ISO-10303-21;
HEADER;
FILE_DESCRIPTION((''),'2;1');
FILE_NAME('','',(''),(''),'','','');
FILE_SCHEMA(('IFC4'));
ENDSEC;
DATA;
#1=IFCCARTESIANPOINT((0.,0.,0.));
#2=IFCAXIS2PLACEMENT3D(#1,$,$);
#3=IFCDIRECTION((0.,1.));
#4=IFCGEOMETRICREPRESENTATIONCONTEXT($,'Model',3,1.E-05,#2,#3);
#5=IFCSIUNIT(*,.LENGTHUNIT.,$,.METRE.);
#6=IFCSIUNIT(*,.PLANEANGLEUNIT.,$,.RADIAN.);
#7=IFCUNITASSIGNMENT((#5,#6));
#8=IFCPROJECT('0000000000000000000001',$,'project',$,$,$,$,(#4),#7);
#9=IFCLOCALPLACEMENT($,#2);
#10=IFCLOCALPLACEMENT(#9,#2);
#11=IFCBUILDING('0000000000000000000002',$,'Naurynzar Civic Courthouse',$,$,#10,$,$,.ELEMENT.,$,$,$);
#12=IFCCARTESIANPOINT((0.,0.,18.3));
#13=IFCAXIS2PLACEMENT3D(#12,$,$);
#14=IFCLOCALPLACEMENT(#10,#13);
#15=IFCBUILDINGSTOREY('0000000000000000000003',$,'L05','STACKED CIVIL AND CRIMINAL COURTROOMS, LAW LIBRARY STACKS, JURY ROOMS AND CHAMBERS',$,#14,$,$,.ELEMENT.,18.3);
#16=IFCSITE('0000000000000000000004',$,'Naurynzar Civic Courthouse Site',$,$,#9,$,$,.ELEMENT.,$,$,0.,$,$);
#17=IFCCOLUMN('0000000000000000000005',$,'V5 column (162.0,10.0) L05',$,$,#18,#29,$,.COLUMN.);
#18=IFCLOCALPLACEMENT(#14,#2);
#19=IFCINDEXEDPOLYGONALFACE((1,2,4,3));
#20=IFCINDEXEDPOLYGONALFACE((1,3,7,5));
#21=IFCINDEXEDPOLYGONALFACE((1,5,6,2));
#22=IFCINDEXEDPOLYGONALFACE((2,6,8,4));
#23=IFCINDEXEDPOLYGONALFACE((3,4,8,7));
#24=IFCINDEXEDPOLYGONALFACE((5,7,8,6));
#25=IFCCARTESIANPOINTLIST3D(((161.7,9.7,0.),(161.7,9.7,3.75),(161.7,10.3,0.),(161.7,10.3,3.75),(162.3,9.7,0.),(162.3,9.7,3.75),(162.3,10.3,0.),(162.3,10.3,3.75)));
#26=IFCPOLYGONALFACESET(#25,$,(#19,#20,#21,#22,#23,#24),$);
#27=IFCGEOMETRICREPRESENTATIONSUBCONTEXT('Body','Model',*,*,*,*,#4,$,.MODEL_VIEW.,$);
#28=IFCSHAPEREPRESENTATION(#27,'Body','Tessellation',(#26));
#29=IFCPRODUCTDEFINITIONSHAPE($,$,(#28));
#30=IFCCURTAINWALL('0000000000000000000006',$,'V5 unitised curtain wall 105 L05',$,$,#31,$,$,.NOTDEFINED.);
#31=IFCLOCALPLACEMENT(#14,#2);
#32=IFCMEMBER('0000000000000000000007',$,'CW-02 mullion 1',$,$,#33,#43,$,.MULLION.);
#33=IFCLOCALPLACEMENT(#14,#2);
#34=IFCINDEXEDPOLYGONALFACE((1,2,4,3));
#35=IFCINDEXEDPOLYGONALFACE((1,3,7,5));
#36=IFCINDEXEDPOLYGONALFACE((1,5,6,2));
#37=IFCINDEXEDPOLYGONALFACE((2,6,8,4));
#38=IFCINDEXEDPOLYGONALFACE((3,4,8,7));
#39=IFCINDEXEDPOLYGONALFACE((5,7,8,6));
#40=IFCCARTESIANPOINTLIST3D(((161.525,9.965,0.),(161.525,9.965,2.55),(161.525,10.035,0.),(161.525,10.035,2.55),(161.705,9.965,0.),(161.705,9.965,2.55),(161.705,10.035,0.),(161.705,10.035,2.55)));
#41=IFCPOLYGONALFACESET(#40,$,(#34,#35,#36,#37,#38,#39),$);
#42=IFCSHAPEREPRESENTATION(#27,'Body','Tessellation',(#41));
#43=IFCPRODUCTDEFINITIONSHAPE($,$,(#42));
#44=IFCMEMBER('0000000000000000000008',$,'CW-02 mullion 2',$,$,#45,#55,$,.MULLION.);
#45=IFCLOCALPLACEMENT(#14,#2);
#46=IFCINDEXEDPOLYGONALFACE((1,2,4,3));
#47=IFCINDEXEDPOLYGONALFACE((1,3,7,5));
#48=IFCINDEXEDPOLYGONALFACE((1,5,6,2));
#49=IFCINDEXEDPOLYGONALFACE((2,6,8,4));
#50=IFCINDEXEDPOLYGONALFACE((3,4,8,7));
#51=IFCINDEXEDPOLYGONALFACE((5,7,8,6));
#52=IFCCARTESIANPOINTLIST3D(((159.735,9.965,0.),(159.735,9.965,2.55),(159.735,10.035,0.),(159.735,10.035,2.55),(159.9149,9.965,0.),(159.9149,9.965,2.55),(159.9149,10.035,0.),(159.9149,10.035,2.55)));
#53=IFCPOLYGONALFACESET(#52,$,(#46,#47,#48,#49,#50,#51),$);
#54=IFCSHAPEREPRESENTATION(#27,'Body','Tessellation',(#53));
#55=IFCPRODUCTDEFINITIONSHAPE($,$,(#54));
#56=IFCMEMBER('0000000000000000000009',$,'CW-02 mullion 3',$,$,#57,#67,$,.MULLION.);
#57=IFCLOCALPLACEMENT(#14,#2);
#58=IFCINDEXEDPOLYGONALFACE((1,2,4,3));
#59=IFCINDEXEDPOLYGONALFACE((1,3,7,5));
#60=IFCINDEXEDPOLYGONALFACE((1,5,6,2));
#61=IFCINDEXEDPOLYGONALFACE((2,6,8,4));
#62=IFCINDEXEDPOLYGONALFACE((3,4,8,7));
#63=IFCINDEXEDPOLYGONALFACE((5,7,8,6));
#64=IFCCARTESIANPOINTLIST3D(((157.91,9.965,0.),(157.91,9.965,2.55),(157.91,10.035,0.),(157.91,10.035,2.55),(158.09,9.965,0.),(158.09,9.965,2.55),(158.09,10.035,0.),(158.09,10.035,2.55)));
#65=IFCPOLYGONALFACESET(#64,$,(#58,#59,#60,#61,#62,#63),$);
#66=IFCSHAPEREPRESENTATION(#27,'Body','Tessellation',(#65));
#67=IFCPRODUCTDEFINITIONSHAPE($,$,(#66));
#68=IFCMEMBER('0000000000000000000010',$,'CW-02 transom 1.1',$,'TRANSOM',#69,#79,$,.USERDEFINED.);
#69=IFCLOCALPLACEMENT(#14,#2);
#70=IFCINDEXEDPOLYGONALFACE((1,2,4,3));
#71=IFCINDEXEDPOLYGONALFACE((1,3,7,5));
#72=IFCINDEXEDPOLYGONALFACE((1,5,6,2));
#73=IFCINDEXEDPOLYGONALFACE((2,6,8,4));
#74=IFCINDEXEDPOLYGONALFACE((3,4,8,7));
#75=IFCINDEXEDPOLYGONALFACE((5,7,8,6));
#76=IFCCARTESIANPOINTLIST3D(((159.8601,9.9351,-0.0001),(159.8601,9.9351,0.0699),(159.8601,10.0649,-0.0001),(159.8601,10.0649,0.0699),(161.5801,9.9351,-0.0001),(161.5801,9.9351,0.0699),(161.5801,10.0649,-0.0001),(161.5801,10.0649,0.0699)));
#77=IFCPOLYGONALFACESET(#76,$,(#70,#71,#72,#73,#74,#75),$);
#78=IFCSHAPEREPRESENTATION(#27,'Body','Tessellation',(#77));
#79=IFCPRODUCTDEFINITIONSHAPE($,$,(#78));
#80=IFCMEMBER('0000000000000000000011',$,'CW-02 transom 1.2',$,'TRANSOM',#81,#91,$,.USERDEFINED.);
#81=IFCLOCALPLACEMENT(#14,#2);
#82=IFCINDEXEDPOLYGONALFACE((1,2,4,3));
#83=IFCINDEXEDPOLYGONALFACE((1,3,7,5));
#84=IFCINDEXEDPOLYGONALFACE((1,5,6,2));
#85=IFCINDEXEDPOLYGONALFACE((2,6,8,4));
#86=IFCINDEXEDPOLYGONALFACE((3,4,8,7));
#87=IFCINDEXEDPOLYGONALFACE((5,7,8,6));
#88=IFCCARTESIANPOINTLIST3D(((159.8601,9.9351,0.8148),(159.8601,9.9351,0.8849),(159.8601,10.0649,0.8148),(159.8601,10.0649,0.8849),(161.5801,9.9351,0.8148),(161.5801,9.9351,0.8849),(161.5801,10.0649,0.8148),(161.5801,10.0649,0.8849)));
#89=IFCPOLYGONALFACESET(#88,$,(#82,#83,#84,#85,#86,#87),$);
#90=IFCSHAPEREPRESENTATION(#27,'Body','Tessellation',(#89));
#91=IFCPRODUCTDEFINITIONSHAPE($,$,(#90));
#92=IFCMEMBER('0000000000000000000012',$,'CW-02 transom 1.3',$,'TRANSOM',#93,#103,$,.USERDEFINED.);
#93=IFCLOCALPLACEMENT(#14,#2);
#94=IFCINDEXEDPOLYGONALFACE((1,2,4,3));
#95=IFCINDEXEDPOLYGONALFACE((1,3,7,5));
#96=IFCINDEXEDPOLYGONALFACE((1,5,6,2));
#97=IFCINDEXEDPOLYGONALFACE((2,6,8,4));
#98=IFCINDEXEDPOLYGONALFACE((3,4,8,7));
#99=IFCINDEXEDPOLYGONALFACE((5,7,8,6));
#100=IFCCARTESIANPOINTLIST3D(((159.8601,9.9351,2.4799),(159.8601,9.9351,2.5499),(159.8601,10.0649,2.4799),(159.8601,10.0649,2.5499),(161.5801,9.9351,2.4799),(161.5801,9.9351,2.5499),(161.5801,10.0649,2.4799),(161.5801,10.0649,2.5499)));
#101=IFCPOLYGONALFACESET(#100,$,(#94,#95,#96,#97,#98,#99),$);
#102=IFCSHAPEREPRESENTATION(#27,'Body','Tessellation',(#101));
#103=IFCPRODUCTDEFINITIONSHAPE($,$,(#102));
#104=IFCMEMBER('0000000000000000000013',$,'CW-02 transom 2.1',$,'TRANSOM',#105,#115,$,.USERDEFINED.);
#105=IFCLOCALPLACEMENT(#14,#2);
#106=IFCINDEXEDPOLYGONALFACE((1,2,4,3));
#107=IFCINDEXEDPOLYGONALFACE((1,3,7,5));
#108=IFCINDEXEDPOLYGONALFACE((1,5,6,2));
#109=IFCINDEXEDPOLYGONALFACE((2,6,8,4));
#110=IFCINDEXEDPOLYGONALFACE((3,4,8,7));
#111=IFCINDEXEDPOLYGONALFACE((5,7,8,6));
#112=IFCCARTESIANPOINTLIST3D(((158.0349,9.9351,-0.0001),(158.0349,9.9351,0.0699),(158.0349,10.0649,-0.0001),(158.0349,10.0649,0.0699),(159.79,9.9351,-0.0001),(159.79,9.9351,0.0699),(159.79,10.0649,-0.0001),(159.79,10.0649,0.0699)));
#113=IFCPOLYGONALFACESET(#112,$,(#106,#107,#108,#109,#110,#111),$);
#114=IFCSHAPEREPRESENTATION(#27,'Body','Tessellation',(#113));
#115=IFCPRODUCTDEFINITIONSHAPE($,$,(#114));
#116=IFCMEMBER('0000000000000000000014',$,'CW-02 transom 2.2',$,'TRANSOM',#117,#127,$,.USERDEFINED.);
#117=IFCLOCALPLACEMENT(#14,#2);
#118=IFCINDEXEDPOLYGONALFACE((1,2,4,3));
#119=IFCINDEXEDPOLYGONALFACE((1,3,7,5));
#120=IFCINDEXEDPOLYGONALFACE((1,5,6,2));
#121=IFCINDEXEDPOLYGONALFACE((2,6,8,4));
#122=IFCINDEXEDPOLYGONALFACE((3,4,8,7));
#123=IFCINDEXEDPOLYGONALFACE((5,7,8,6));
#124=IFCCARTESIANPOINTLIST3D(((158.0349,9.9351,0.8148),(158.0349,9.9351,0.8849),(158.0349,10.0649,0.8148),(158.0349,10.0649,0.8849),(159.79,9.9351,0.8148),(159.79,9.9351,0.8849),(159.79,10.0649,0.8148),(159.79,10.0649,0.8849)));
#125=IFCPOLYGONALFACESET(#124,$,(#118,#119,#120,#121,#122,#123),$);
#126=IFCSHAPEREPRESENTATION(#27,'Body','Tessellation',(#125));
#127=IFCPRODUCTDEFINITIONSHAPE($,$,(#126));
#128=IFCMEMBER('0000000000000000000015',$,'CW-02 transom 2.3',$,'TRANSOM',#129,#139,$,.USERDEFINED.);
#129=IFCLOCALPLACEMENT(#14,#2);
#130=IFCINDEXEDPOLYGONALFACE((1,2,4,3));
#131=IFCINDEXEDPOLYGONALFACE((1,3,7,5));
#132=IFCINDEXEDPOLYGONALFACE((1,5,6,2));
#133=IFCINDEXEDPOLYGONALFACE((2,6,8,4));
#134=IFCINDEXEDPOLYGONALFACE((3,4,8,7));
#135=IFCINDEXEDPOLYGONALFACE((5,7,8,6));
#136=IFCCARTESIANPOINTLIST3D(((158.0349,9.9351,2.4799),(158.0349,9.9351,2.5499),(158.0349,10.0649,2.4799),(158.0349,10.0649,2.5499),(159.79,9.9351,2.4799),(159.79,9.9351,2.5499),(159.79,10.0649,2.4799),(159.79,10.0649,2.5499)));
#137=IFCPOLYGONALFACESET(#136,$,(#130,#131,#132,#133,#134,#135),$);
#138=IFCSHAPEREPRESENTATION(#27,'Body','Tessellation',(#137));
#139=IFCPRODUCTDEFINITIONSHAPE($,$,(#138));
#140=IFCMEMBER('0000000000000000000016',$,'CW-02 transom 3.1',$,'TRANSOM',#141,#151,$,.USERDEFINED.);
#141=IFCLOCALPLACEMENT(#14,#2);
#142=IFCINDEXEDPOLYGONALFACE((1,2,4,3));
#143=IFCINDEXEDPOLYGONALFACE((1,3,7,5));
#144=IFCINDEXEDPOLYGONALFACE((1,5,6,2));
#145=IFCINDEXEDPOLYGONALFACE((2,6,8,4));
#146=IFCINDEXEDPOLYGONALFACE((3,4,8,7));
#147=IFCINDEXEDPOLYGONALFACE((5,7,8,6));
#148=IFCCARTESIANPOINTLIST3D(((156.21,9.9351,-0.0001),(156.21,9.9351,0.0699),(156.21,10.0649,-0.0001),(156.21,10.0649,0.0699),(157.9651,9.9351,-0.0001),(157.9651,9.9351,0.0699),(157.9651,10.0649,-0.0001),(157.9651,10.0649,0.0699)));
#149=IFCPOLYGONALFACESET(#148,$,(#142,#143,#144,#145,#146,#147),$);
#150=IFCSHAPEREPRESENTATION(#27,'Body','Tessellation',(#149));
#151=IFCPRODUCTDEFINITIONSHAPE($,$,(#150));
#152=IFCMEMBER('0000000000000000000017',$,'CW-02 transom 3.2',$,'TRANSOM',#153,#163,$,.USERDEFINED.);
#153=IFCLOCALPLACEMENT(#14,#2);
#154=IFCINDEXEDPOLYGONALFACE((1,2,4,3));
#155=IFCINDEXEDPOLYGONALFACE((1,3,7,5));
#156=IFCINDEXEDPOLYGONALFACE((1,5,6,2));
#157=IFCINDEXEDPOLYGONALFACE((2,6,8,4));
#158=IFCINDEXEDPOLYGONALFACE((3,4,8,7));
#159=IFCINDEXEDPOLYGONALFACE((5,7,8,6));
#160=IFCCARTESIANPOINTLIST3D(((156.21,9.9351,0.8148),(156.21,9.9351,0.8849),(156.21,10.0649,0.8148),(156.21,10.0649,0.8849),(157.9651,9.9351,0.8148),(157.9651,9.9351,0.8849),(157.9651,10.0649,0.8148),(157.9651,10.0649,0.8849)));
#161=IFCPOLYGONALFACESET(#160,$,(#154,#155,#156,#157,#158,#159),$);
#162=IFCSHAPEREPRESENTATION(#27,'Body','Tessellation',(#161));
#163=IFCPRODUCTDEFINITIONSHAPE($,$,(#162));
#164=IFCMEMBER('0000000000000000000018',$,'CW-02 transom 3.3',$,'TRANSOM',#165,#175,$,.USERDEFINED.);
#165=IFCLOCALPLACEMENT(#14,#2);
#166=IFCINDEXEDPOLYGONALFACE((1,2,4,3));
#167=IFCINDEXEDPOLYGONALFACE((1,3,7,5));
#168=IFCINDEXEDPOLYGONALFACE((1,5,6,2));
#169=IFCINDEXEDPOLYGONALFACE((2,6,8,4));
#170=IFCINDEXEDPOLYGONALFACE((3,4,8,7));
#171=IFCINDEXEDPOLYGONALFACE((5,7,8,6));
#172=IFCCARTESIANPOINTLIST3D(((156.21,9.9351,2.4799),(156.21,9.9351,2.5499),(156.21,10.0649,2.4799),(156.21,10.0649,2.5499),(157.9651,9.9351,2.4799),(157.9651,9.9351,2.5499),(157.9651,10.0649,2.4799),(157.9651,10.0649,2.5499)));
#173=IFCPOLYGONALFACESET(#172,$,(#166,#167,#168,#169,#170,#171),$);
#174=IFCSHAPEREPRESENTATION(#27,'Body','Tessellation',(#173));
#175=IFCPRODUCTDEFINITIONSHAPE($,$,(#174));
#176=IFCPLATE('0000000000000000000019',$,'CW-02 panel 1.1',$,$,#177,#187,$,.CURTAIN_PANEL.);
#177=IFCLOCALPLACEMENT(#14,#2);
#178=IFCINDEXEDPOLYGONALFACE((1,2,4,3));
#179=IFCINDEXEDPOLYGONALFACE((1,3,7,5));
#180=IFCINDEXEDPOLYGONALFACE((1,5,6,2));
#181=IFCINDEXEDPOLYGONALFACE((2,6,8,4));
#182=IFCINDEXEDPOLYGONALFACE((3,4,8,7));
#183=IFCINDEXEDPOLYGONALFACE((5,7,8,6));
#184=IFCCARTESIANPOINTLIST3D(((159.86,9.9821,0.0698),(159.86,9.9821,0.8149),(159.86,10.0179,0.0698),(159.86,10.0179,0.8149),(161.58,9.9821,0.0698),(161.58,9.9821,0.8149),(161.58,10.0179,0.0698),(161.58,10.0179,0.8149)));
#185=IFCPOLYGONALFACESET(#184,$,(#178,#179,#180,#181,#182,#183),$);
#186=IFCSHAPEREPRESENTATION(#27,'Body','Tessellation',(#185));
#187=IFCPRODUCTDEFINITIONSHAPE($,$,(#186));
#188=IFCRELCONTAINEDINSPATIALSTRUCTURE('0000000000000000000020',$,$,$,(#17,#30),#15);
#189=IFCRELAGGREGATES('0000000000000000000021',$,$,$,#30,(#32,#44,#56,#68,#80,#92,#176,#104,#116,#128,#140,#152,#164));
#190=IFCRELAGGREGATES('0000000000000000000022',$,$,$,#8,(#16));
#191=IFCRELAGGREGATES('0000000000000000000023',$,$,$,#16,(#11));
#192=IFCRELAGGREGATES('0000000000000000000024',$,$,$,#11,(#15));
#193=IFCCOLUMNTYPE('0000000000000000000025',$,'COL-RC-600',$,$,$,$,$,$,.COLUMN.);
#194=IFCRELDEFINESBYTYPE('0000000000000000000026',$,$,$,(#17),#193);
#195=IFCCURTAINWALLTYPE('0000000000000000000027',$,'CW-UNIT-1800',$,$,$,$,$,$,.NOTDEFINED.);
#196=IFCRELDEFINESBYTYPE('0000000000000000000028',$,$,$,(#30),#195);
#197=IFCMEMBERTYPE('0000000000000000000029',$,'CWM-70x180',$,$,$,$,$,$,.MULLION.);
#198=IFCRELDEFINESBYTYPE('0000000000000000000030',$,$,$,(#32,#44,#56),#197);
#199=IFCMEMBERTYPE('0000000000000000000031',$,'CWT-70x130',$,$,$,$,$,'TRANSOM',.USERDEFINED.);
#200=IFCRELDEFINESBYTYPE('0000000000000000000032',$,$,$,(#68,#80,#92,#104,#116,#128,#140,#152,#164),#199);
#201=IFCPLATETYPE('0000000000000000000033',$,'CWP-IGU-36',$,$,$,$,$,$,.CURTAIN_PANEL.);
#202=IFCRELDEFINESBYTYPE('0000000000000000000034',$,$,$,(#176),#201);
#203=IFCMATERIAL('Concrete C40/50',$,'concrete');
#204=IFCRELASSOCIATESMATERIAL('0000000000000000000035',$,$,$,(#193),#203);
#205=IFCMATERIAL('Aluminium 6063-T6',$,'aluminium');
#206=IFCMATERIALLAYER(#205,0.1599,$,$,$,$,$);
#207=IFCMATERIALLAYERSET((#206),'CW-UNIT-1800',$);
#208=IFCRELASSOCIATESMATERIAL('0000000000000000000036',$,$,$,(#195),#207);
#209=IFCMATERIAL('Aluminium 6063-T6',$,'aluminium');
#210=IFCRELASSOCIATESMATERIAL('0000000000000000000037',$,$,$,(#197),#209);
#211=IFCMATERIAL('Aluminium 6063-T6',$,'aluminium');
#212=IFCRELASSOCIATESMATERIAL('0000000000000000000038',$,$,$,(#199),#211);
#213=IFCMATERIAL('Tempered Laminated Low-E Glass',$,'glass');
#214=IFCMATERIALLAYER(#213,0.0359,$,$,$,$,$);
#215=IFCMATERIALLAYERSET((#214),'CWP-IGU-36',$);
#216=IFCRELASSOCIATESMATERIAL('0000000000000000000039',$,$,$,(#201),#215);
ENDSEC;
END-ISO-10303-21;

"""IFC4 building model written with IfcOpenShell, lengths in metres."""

from ifc_helpers import new_model, si_unit, direction, frame, origin, origin_2d, place, context, subcontext, project, spatial, rectangle, extrude, material, layer, layer_set, material_profile, profile_set, type_object, element, aggregate, save


model = new_model("IFC4")

# Units and contexts
model_context = context("Model", 3, precision=1e-05, world=origin(), true_north=direction((0.0, 1.0)))
body_context = subcontext(model_context, "Body", "Model", "MODEL_VIEW")
ifc_project = project(units=[si_unit("LENGTHUNIT", "METRE"), si_unit("PLANEANGLEUNIT", "RADIAN")], contexts=[model_context])

# Site, building, storey
site_placement = place(None, origin())
site = spatial("IfcSite", under=ifc_project, at=site_placement, Name="Naurynzar Civic Courthouse Site", CompositionType="ELEMENT", RefElevation=0.0)
building_placement = place(site_placement, origin())
building = spatial("IfcBuilding", under=site, at=building_placement, Name="Naurynzar Civic Courthouse", CompositionType="ELEMENT")
storey_placement = place(building_placement, frame((0.0, 0.0, 18.3)))
storey = spatial("IfcBuildingStorey", under=building, at=storey_placement, Name="L05", Description="STACKED CIVIL AND CRIMINAL COURTROOMS, LAW LIBRARY STACKS, JURY ROOMS AND CHAMBERS", CompositionType="ELEMENT", Elevation=18.3)

# Column
ifc_material_1 = material(Name="Concrete C40/50", Category="concrete")
ifc_material_profile_1 = material_profile(ifc_material_1, rectangle(XDim=0.6001, YDim=0.6001, at=origin_2d()), Name="RC 600x600")
ifc_profile_set_1 = profile_set([ifc_material_profile_1], Name="Concrete C40/50")
column_type = type_object("IfcColumnType", Name="COL-RC-600", PredefinedType="COLUMN", material=ifc_profile_set_1)
column_placement = place(storey_placement, frame((162.0, 10.0, 0.0), z_axis=(0.0, 0.0, 1.0), x_axis=(1.0, 0.0, 0.0)))
element("IfcColumn", 1, at=column_placement, inside=storey, type_object=column_type, Name="V5 column (162.0,10.0) L05", PredefinedType="COLUMN", context=body_context, shape_type="SweptSolid", body=[
    extrude(rectangle(XDim=0.6001, YDim=0.6001, at=origin_2d()), origin(), (0.0, 0.0, 1.0), 3.75),
])

# Curtain wall, members, plate
ifc_material_2 = material(Name="Aluminium 6063-T6", Category="aluminium")
ifc_layer_1 = layer(ifc_material_2, 0.1599)
ifc_layer_set_1 = layer_set([ifc_layer_1], Name="CW-UNIT-1800")
curtain_wall_type = type_object("IfcCurtainWallType", Name="CW-UNIT-1800", PredefinedType="NOTDEFINED", material=ifc_layer_set_1)
curtain_wall_placement = place(storey_placement, origin())
curtain_wall = element("IfcCurtainWall", 2, at=curtain_wall_placement, inside=storey, type_object=curtain_wall_type, Name="V5 unitised curtain wall 105 L05", PredefinedType="NOTDEFINED")
ifc_material_3 = material(Name="Aluminium 6063-T6", Category="aluminium")
ifc_material_profile_2 = material_profile(ifc_material_3, rectangle(XDim=0.0701, YDim=0.1799, at=origin_2d()), Name="ALU MULLION 70x180")
ifc_profile_set_2 = profile_set([ifc_material_profile_2], Name="Aluminium 6063-T6")
member_type_1 = type_object("IfcMemberType", Name="CWM-70x180", PredefinedType="MULLION", material=ifc_profile_set_2)
member_1_placement = place(storey_placement, frame((161.615, 10.0, 0.0), z_axis=(0.0, 0.0, 1.0), x_axis=(0.0, -1.0, 0.0)))
member_1 = element("IfcMember", 3, at=member_1_placement, type_object=member_type_1, Name="CW-02 mullion 1", PredefinedType="MULLION", context=body_context, shape_type="SweptSolid", body=[
    extrude(rectangle(XDim=0.0701, YDim=0.1799, at=origin_2d()), origin(), (0.0, 0.0, 1.0), 2.55),
])
member_2_placement = place(storey_placement, frame((159.825, 10.0, 0.0), z_axis=(0.0, 0.0, 1.0), x_axis=(0.0, -1.0, 0.0)))
member_2 = element("IfcMember", 4, at=member_2_placement, type_object=member_type_1, Name="CW-02 mullion 2", PredefinedType="MULLION", context=body_context, shape_type="SweptSolid", body=[
    extrude(rectangle(XDim=0.0701, YDim=0.1799, at=origin_2d()), origin(), (0.0, 0.0, 1.0), 2.55),
])
member_3_placement = place(storey_placement, frame((158.0, 10.0, 0.0), z_axis=(0.0, 0.0, 1.0), x_axis=(0.0, -1.0, 0.0)))
member_3 = element("IfcMember", 5, at=member_3_placement, type_object=member_type_1, Name="CW-02 mullion 3", PredefinedType="MULLION", context=body_context, shape_type="SweptSolid", body=[
    extrude(rectangle(XDim=0.0701, YDim=0.1799, at=origin_2d()), origin(), (0.0, 0.0, 1.0), 2.55),
])
ifc_material_4 = material(Name="Aluminium 6063-T6", Category="aluminium")
ifc_material_profile_3 = material_profile(ifc_material_4, rectangle(XDim=0.1299, YDim=0.0701, at=origin_2d()), Name="ALU TRANSOM 70x130")
ifc_profile_set_3 = profile_set([ifc_material_profile_3], Name="Aluminium 6063-T6")
member_type_2 = type_object("IfcMemberType", Name="CWT-70x130", ElementType="TRANSOM", PredefinedType="USERDEFINED", material=ifc_profile_set_3)
member_4_placement = place(storey_placement, frame((161.5801, 10.0, 0.0349), z_axis=(-1.0, 0.0, 0.0), x_axis=(0.0, -1.0, 0.0)))
member_4 = element("IfcMember", 6, at=member_4_placement, type_object=member_type_2, Name="CW-02 transom 1.1", ObjectType="TRANSOM", PredefinedType="USERDEFINED", context=body_context, shape_type="SweptSolid", body=[
    extrude(rectangle(XDim=0.1299, YDim=0.0701, at=origin_2d()), origin(), (0.0, 0.0, 1.0), 1.72),
])
member_5_placement = place(storey_placement, frame((161.5801, 10.0, 0.8499), z_axis=(-1.0, 0.0, 0.0), x_axis=(0.0, -1.0, 0.0)))
member_5 = element("IfcMember", 7, at=member_5_placement, type_object=member_type_2, Name="CW-02 transom 1.2", ObjectType="TRANSOM", PredefinedType="USERDEFINED", context=body_context, shape_type="SweptSolid", body=[
    extrude(rectangle(XDim=0.1299, YDim=0.0701, at=origin_2d()), origin(), (0.0, 0.0, 1.0), 1.72),
])
member_6_placement = place(storey_placement, frame((161.5801, 10.0, 2.5149), z_axis=(-1.0, 0.0, 0.0), x_axis=(0.0, -1.0, 0.0)))
member_6 = element("IfcMember", 8, at=member_6_placement, type_object=member_type_2, Name="CW-02 transom 1.3", ObjectType="TRANSOM", PredefinedType="USERDEFINED", context=body_context, shape_type="SweptSolid", body=[
    extrude(rectangle(XDim=0.1299, YDim=0.0701, at=origin_2d()), origin(), (0.0, 0.0, 1.0), 1.72),
])
member_7_placement = place(storey_placement, frame((159.79, 10.0, 0.0349), z_axis=(-1.0, 0.0, 0.0), x_axis=(0.0, -1.0, 0.0)))
member_7 = element("IfcMember", 9, at=member_7_placement, type_object=member_type_2, Name="CW-02 transom 2.1", ObjectType="TRANSOM", PredefinedType="USERDEFINED", context=body_context, shape_type="SweptSolid", body=[
    extrude(rectangle(XDim=0.1299, YDim=0.0701, at=origin_2d()), origin(), (0.0, 0.0, 1.0), 1.7551),
])
member_8_placement = place(storey_placement, frame((159.79, 10.0, 0.8499), z_axis=(-1.0, 0.0, 0.0), x_axis=(0.0, -1.0, 0.0)))
member_8 = element("IfcMember", 10, at=member_8_placement, type_object=member_type_2, Name="CW-02 transom 2.2", ObjectType="TRANSOM", PredefinedType="USERDEFINED", context=body_context, shape_type="SweptSolid", body=[
    extrude(rectangle(XDim=0.1299, YDim=0.0701, at=origin_2d()), origin(), (0.0, 0.0, 1.0), 1.7551),
])
member_9_placement = place(storey_placement, frame((159.79, 10.0, 2.5149), z_axis=(-1.0, 0.0, 0.0), x_axis=(0.0, -1.0, 0.0)))
member_9 = element("IfcMember", 11, at=member_9_placement, type_object=member_type_2, Name="CW-02 transom 2.3", ObjectType="TRANSOM", PredefinedType="USERDEFINED", context=body_context, shape_type="SweptSolid", body=[
    extrude(rectangle(XDim=0.1299, YDim=0.0701, at=origin_2d()), origin(), (0.0, 0.0, 1.0), 1.7551),
])
member_10_placement = place(storey_placement, frame((157.9651, 10.0, 0.0349), z_axis=(-1.0, 0.0, 0.0), x_axis=(0.0, -1.0, 0.0)))
member_10 = element("IfcMember", 12, at=member_10_placement, type_object=member_type_2, Name="CW-02 transom 3.1", ObjectType="TRANSOM", PredefinedType="USERDEFINED", context=body_context, shape_type="SweptSolid", body=[
    extrude(rectangle(XDim=0.1299, YDim=0.0701, at=origin_2d()), origin(), (0.0, 0.0, 1.0), 1.7551),
])
member_11_placement = place(storey_placement, frame((157.9651, 10.0, 0.8499), z_axis=(-1.0, 0.0, 0.0), x_axis=(0.0, -1.0, 0.0)))
member_11 = element("IfcMember", 13, at=member_11_placement, type_object=member_type_2, Name="CW-02 transom 3.2", ObjectType="TRANSOM", PredefinedType="USERDEFINED", context=body_context, shape_type="SweptSolid", body=[
    extrude(rectangle(XDim=0.1299, YDim=0.0701, at=origin_2d()), origin(), (0.0, 0.0, 1.0), 1.7551),
])
member_12_placement = place(storey_placement, frame((157.9651, 10.0, 2.5149), z_axis=(-1.0, 0.0, 0.0), x_axis=(0.0, -1.0, 0.0)))
member_12 = element("IfcMember", 14, at=member_12_placement, type_object=member_type_2, Name="CW-02 transom 3.3", ObjectType="TRANSOM", PredefinedType="USERDEFINED", context=body_context, shape_type="SweptSolid", body=[
    extrude(rectangle(XDim=0.1299, YDim=0.0701, at=origin_2d()), origin(), (0.0, 0.0, 1.0), 1.7551),
])
ifc_material_5 = material(Name="Tempered Laminated Low-E Glass", Category="glass")
ifc_layer_2 = layer(ifc_material_5, 0.0359)
ifc_layer_set_2 = layer_set([ifc_layer_2], Name="CWP-IGU-36")
plate_type = type_object("IfcPlateType", Name="CWP-IGU-36", PredefinedType="CURTAIN_PANEL", material=ifc_layer_set_2)
plate_1_placement = place(storey_placement, frame((160.72, 10.0, 0.0698), z_axis=(0.0, 0.0, 1.0), x_axis=(-1.0, 0.0, 0.0)))
plate_1 = element("IfcPlate", 15, at=plate_1_placement, type_object=plate_type, Name="CW-02 panel 1.1", PredefinedType="CURTAIN_PANEL", context=body_context, shape_type="SweptSolid", body=[
    extrude(rectangle(XDim=1.72, YDim=0.0359, at=origin_2d()), origin(), (0.0, 0.0, 1.0), 0.7451),
])
aggregate(curtain_wall, [member_1, member_2, member_3, member_4, member_5, member_6, plate_1, member_7, member_8, member_9, member_10, member_11, member_12])

save(model, "model.ifc")
